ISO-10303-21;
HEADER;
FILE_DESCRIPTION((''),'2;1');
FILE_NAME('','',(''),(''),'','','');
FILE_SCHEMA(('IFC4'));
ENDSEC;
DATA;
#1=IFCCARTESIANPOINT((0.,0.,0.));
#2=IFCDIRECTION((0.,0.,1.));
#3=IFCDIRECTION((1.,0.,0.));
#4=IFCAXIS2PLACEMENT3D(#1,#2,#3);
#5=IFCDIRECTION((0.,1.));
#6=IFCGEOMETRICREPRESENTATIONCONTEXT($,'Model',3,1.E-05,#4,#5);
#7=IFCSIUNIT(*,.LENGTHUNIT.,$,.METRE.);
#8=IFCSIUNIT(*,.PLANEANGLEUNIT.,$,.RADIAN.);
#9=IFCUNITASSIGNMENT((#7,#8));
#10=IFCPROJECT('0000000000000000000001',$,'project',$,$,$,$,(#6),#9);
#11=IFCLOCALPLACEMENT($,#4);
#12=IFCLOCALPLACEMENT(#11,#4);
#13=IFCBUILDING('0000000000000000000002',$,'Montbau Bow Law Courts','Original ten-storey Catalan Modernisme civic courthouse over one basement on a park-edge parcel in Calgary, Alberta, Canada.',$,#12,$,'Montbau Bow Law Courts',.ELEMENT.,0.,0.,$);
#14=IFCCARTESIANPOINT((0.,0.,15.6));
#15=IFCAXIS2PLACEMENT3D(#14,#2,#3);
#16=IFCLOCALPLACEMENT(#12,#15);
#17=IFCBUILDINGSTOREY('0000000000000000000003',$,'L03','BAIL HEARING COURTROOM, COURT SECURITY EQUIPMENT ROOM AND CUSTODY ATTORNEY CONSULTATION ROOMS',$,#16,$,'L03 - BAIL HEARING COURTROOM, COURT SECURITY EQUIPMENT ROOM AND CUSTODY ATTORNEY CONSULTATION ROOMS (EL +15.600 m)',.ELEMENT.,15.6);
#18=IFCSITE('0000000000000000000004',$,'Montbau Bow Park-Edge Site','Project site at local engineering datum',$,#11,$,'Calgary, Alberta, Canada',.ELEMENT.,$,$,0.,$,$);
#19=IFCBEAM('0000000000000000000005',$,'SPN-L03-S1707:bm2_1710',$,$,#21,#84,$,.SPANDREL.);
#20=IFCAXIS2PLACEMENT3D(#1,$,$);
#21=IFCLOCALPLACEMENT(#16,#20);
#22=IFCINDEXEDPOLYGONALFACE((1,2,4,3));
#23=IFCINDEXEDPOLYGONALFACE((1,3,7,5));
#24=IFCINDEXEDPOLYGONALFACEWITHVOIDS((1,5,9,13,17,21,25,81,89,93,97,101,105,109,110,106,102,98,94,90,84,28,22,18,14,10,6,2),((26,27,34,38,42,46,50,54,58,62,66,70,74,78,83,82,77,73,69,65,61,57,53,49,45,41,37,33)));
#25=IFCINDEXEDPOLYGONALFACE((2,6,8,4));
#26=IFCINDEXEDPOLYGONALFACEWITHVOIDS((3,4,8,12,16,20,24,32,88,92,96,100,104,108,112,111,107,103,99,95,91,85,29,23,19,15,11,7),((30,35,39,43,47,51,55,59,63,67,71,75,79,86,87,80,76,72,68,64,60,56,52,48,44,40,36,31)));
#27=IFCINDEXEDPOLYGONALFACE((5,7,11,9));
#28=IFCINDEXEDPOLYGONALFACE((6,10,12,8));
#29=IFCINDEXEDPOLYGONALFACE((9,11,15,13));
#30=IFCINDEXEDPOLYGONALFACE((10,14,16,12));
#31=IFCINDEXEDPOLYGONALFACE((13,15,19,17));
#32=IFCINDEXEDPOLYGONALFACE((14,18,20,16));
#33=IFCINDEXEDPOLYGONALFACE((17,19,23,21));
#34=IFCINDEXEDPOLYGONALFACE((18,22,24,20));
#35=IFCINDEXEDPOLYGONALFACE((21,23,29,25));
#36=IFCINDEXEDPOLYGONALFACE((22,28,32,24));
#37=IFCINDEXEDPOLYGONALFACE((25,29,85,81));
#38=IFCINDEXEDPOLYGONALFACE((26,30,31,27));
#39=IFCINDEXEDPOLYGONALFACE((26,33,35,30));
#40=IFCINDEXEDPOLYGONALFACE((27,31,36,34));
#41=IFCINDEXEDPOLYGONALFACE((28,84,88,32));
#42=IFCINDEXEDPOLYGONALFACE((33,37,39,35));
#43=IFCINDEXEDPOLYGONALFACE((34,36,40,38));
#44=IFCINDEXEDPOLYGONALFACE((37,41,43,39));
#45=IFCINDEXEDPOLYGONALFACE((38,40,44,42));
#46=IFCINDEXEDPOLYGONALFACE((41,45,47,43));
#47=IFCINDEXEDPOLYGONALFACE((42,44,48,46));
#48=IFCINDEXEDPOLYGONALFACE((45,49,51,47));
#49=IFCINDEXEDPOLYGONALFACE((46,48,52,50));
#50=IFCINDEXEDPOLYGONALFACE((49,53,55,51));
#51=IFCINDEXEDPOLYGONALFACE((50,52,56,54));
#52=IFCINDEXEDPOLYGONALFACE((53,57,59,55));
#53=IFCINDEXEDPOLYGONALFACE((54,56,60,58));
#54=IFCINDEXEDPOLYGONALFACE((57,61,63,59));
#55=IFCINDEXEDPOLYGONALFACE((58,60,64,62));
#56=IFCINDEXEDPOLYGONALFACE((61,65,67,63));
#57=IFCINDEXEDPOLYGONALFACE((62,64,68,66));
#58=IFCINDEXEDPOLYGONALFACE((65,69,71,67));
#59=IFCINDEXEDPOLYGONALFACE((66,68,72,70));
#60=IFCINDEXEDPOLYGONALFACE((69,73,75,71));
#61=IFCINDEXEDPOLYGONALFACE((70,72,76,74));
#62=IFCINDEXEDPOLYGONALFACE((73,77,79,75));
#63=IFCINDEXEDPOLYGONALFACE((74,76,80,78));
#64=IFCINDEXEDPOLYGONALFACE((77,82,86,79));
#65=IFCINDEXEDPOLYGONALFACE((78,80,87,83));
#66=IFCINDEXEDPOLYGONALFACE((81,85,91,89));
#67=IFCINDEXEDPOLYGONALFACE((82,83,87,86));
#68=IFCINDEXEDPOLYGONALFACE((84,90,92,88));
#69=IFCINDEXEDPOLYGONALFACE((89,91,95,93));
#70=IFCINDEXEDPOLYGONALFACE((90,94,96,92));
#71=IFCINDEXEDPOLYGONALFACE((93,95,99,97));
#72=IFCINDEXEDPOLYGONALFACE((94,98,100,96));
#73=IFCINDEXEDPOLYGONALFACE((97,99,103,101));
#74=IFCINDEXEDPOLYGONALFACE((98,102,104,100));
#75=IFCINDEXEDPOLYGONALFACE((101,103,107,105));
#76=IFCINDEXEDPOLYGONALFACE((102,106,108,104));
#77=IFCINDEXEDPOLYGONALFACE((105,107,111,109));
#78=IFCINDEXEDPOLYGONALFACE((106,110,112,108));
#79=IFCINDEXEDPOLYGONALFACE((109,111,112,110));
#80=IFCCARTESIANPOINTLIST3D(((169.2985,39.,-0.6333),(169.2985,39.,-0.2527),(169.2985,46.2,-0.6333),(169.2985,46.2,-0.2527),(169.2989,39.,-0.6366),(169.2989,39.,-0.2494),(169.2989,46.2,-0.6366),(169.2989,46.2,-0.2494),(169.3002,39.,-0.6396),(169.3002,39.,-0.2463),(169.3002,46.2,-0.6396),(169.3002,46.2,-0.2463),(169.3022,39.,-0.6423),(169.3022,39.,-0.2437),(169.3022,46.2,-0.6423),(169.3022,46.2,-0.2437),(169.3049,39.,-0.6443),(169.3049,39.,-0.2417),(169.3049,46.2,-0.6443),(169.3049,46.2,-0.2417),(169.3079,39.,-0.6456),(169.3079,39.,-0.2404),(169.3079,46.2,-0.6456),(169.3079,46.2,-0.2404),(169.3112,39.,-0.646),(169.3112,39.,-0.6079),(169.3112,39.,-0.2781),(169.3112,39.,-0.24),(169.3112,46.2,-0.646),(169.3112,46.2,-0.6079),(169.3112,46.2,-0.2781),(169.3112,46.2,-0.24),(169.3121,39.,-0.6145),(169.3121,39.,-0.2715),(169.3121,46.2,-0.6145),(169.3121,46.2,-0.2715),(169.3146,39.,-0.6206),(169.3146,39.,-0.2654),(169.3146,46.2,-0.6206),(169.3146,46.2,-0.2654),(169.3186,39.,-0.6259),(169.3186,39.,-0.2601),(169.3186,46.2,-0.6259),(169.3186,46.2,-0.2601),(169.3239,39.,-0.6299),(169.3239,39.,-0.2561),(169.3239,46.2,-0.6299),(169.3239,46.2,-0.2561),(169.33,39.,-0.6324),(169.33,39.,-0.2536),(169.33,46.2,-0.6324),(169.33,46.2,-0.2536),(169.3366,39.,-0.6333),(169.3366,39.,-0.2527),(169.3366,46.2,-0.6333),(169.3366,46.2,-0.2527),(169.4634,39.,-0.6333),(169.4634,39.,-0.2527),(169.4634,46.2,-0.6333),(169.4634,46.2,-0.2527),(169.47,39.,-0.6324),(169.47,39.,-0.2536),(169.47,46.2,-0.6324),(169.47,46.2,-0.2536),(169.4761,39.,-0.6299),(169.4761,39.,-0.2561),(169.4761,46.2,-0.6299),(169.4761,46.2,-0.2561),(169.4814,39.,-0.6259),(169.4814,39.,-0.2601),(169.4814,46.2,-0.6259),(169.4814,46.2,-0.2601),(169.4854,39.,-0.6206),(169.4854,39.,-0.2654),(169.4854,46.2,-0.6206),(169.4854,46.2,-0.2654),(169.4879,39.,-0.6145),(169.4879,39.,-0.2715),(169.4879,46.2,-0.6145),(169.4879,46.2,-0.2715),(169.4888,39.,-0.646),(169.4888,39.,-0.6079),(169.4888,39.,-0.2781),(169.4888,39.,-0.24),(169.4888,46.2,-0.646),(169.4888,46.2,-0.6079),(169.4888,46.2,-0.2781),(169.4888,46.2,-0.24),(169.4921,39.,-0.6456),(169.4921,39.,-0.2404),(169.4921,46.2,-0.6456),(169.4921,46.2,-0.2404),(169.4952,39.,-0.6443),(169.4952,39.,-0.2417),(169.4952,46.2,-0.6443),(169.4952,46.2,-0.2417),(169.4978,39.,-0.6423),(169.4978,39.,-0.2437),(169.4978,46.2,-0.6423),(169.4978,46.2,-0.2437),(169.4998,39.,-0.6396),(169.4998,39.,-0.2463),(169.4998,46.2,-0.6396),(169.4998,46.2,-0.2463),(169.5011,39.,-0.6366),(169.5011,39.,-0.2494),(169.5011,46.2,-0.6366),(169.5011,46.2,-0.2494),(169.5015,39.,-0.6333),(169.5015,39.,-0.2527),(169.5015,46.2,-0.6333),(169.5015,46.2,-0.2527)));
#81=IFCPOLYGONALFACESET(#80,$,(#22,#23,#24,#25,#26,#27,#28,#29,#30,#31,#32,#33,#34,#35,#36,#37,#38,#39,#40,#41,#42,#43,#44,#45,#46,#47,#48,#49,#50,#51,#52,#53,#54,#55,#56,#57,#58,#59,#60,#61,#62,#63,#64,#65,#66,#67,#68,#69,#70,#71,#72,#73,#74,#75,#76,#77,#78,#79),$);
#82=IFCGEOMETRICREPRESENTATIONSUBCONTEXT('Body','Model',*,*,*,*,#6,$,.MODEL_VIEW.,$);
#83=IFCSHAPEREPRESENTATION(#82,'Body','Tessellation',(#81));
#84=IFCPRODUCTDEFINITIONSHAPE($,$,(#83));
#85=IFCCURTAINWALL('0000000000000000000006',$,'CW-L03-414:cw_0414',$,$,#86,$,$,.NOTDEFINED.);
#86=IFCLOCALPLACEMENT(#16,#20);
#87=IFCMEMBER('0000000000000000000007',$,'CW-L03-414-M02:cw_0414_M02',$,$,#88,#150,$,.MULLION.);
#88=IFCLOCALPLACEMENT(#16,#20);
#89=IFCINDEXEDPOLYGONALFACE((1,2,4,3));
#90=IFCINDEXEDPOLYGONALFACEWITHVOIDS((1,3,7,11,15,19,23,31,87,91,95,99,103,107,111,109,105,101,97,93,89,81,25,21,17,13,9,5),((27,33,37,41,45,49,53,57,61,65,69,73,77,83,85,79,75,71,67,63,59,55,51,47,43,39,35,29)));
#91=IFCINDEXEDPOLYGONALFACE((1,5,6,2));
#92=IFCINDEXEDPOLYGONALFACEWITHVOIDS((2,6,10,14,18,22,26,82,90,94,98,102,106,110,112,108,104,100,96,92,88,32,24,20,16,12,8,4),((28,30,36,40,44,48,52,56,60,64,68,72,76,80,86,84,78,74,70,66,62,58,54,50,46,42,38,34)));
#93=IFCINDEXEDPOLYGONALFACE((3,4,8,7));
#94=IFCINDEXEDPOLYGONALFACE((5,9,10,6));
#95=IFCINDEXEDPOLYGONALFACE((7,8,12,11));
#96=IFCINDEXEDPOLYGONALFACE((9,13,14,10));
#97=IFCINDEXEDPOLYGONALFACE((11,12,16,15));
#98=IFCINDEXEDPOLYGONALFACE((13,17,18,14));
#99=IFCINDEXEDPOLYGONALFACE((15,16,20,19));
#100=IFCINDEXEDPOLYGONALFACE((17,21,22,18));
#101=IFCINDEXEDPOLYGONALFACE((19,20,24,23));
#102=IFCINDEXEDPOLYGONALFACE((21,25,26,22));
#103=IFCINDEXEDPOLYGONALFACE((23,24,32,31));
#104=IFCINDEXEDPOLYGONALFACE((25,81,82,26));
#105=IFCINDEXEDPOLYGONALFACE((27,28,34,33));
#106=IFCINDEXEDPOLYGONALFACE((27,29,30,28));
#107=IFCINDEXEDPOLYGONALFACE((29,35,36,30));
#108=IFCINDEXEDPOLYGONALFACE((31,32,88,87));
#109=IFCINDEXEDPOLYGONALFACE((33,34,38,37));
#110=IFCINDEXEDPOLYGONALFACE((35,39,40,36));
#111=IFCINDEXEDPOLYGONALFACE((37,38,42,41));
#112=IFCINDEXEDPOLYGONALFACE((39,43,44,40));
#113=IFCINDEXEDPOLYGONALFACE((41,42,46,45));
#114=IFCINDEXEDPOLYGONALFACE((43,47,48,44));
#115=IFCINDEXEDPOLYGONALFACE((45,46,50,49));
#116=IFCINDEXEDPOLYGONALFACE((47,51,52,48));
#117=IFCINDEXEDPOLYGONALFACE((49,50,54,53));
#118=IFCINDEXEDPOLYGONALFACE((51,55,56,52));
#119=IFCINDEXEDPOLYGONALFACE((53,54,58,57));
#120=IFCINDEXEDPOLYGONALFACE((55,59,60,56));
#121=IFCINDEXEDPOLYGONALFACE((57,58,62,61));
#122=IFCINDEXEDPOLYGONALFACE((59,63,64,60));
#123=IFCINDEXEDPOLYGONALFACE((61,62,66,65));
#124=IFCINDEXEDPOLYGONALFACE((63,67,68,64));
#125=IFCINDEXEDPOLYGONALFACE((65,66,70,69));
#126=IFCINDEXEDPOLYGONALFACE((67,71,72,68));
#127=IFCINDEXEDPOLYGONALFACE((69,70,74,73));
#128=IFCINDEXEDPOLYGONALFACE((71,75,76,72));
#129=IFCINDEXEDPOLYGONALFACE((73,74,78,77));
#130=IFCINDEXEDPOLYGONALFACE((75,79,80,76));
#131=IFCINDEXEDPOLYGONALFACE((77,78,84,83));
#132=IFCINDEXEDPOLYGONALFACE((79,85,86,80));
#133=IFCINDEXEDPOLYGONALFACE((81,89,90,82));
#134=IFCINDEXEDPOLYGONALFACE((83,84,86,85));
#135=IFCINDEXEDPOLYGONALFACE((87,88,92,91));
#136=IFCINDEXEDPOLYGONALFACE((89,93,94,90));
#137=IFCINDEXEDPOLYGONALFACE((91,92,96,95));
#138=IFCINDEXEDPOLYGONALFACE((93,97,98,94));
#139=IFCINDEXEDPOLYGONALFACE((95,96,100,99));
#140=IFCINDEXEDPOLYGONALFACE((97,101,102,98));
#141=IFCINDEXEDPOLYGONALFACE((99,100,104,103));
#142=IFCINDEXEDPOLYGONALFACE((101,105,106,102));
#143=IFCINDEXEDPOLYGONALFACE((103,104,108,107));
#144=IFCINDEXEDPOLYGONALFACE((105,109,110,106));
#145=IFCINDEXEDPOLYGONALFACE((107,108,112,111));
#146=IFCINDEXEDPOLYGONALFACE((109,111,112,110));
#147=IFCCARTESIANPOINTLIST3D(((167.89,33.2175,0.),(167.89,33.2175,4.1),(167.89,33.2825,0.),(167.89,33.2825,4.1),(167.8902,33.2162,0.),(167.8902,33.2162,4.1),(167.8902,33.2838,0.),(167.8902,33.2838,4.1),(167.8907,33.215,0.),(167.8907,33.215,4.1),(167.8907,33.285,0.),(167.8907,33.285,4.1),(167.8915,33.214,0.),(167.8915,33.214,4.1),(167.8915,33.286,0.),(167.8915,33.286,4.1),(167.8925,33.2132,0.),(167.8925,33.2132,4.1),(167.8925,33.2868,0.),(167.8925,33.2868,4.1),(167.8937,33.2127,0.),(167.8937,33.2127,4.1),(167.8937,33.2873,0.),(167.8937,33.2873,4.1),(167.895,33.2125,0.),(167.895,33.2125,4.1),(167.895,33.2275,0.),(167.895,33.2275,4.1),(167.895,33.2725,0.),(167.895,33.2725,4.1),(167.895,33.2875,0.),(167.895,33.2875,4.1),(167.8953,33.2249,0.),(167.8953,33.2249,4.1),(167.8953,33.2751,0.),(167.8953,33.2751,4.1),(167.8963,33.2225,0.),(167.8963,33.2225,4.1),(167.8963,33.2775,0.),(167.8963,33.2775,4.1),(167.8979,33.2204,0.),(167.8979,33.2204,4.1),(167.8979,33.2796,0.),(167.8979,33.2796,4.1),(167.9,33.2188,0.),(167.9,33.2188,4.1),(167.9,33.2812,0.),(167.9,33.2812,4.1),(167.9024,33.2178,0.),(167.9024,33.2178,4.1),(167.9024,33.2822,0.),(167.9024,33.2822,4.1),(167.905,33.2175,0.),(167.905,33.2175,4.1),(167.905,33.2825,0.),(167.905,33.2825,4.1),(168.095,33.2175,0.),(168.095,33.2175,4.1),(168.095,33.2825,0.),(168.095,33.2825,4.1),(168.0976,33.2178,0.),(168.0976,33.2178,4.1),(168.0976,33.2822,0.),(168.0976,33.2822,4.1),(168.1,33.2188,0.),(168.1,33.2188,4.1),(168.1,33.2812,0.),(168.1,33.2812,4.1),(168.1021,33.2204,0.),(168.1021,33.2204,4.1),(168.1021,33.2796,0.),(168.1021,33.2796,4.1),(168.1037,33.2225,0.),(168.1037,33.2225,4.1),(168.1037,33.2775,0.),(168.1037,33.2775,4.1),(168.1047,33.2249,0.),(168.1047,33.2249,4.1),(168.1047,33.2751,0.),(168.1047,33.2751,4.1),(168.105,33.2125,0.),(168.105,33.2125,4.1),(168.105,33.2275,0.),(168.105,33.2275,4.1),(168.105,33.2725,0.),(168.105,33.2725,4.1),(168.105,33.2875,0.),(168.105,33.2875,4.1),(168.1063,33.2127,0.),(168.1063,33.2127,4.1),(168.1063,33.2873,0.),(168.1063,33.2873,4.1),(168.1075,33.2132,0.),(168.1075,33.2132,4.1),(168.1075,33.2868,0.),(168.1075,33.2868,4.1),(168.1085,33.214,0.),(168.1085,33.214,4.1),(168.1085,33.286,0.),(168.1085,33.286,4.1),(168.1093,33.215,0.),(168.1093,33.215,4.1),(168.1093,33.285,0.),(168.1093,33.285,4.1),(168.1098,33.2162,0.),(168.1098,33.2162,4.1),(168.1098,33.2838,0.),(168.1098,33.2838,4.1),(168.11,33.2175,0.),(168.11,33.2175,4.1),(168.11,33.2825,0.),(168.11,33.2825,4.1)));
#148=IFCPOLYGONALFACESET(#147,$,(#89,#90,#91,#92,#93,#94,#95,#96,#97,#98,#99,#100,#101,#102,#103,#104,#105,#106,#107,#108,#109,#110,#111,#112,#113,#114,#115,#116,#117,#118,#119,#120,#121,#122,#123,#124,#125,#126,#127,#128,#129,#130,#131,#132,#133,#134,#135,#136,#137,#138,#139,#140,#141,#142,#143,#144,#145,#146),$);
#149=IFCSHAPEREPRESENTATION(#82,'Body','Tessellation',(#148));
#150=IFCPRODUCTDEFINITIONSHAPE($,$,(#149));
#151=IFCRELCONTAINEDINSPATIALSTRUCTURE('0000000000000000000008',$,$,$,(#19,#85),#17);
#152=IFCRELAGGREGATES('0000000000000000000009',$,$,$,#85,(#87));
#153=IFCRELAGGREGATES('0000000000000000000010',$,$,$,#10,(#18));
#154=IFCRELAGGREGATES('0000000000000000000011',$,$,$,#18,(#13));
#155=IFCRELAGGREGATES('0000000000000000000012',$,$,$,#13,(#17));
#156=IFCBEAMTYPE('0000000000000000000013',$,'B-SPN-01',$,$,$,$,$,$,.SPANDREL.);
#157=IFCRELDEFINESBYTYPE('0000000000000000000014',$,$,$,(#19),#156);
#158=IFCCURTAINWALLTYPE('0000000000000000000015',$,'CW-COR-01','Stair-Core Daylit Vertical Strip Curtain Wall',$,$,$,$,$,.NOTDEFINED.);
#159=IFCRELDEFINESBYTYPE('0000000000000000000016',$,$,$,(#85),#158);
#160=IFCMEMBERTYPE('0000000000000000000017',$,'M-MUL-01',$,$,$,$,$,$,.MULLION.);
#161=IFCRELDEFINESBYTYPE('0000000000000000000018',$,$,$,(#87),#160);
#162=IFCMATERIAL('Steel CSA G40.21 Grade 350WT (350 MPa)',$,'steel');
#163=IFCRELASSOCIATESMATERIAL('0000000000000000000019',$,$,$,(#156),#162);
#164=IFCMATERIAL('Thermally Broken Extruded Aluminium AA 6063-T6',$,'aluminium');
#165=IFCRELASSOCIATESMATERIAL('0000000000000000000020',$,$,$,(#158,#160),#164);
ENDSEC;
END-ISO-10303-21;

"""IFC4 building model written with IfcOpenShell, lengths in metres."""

from ifc_helpers import new_model, si_unit, direction, frame, origin_with_axes, origin_2d_with_axis, place, context, subcontext, project, spatial, hollow_rectangle, extrude, material, material_profile, profile_set, type_object, element, aggregate, save


model = new_model("IFC4")

# Units and contexts
model_context = context("Model", 3, precision=1e-05, world=origin_with_axes(), true_north=direction((0.0, 1.0)))
body_context = subcontext(model_context, "Body", "Model", "MODEL_VIEW")
ifc_project = project(units=[si_unit("LENGTHUNIT", "METRE"), si_unit("PLANEANGLEUNIT", "RADIAN")], contexts=[model_context])

# Site, building, storey
site_placement = place(None, origin_with_axes())
site = spatial("IfcSite", under=ifc_project, at=site_placement, Name="Montbau Bow Park-Edge Site", Description="Project site at local engineering datum", LongName="Calgary, Alberta, Canada", CompositionType="ELEMENT", RefElevation=0.0)
building_placement = place(site_placement, origin_with_axes())
building = spatial("IfcBuilding", under=site, at=building_placement, Name="Montbau Bow Law Courts", Description="Original ten-storey Catalan Modernisme civic courthouse over one basement on a park-edge parcel in Calgary, Alberta, Canada.", LongName="Montbau Bow Law Courts", CompositionType="ELEMENT", ElevationOfRefHeight=0.0, ElevationOfTerrain=0.0)
storey_placement = place(building_placement, frame((0.0, 0.0, 15.6), z_axis=(0.0, 0.0, 1.0), x_axis=(1.0, 0.0, 0.0)))
storey = spatial("IfcBuildingStorey", under=building, at=storey_placement, Name="L03", Description="BAIL HEARING COURTROOM, COURT SECURITY EQUIPMENT ROOM AND CUSTODY ATTORNEY CONSULTATION ROOMS", LongName="L03 - BAIL HEARING COURTROOM, COURT SECURITY EQUIPMENT ROOM AND CUSTODY ATTORNEY CONSULTATION ROOMS (EL +15.600 m)", CompositionType="ELEMENT", Elevation=15.6)

# Beam
ifc_material_1 = material(Name="Steel CSA G40.21 Grade 350WT (350 MPa)", Category="steel")
ifc_material_profile_1 = material_profile(ifc_material_1, hollow_rectangle(XDim=0.203, YDim=0.406, WallThickness=0.0127, InnerFilletRadius=0.0254, OuterFilletRadius=0.0127, at=origin_2d_with_axis()), Name="HSS406X203X13", Category="Main", Priority=0)
ifc_profile_set_1 = profile_set([ifc_material_profile_1], Name="Steel CSA G40.21 Grade 350WT (350 MPa)")
beam_type = type_object("IfcBeamType", Name="B-SPN-01", PredefinedType="SPANDREL", material=ifc_profile_set_1)
beam_1_placement = place(None, frame((169.4, 39.0, 15.157), z_axis=(0.0, 1.0, 0.0), x_axis=(-1.0, 0.0, 0.0)))
element("IfcBeam", 1, at=beam_1_placement, inside=storey, type_object=beam_type, Name="SPN-L03-S1707:bm2_1710", PredefinedType="SPANDREL", context=body_context, shape_type="SweptSolid", body=[
    extrude(hollow_rectangle(XDim=0.203, YDim=0.406, WallThickness=0.0127, InnerFilletRadius=0.0254, OuterFilletRadius=0.0127, at=origin_2d_with_axis()), origin_with_axes(), (0.0, 0.0, 1.0), 7.2),
])

# Curtain wall, member
ifc_material_2 = material(Name="Thermally Broken Extruded Aluminium AA 6063-T6", Category="aluminium")
curtain_wall_type = type_object("IfcCurtainWallType", Name="CW-COR-01", Description="Stair-Core Daylit Vertical Strip Curtain Wall", PredefinedType="NOTDEFINED", material=ifc_material_2)
curtain_wall_placement = place(None, frame((168.0, 31.8, 15.6), z_axis=(0.0, 0.0, 1.0), x_axis=(1.0, 0.0, 0.0)))
curtain_wall = element("IfcCurtainWall", 2, at=curtain_wall_placement, inside=storey, type_object=curtain_wall_type, Name="CW-L03-414:cw_0414", PredefinedType="NOTDEFINED")
ifc_material_profile_2 = material_profile(ifc_material_2, hollow_rectangle(XDim=0.075, YDim=0.22, WallThickness=0.005, InnerFilletRadius=0.01, OuterFilletRadius=0.005, at=origin_2d_with_axis()), Name="CWM-220X75", Category="Main", Priority=0)
ifc_profile_set_2 = profile_set([ifc_material_profile_2], Name="Thermally Broken Extruded Aluminium AA 6063-T6")
member_type_1 = type_object("IfcMemberType", Name="M-MUL-01", PredefinedType="MULLION", material=ifc_profile_set_2)
member_1_placement = place(None, frame((168.0, 33.25, 15.6), z_axis=(0.0, 0.0, 1.0), x_axis=(0.0, 1.0, 0.0)))
member_1 = element("IfcMember", 3, at=member_1_placement, type_object=member_type_1, Name="CW-L03-414-M02:cw_0414_M02", PredefinedType="MULLION", context=body_context, shape_type="SweptSolid", body=[
    extrude(hollow_rectangle(XDim=0.075, YDim=0.22, WallThickness=0.005, InnerFilletRadius=0.01, OuterFilletRadius=0.005, at=origin_2d_with_axis()), origin_with_axes(), (0.0, 0.0, 1.0), 4.1),
])
aggregate(curtain_wall, [member_1])

save(model, "model.ifc")
